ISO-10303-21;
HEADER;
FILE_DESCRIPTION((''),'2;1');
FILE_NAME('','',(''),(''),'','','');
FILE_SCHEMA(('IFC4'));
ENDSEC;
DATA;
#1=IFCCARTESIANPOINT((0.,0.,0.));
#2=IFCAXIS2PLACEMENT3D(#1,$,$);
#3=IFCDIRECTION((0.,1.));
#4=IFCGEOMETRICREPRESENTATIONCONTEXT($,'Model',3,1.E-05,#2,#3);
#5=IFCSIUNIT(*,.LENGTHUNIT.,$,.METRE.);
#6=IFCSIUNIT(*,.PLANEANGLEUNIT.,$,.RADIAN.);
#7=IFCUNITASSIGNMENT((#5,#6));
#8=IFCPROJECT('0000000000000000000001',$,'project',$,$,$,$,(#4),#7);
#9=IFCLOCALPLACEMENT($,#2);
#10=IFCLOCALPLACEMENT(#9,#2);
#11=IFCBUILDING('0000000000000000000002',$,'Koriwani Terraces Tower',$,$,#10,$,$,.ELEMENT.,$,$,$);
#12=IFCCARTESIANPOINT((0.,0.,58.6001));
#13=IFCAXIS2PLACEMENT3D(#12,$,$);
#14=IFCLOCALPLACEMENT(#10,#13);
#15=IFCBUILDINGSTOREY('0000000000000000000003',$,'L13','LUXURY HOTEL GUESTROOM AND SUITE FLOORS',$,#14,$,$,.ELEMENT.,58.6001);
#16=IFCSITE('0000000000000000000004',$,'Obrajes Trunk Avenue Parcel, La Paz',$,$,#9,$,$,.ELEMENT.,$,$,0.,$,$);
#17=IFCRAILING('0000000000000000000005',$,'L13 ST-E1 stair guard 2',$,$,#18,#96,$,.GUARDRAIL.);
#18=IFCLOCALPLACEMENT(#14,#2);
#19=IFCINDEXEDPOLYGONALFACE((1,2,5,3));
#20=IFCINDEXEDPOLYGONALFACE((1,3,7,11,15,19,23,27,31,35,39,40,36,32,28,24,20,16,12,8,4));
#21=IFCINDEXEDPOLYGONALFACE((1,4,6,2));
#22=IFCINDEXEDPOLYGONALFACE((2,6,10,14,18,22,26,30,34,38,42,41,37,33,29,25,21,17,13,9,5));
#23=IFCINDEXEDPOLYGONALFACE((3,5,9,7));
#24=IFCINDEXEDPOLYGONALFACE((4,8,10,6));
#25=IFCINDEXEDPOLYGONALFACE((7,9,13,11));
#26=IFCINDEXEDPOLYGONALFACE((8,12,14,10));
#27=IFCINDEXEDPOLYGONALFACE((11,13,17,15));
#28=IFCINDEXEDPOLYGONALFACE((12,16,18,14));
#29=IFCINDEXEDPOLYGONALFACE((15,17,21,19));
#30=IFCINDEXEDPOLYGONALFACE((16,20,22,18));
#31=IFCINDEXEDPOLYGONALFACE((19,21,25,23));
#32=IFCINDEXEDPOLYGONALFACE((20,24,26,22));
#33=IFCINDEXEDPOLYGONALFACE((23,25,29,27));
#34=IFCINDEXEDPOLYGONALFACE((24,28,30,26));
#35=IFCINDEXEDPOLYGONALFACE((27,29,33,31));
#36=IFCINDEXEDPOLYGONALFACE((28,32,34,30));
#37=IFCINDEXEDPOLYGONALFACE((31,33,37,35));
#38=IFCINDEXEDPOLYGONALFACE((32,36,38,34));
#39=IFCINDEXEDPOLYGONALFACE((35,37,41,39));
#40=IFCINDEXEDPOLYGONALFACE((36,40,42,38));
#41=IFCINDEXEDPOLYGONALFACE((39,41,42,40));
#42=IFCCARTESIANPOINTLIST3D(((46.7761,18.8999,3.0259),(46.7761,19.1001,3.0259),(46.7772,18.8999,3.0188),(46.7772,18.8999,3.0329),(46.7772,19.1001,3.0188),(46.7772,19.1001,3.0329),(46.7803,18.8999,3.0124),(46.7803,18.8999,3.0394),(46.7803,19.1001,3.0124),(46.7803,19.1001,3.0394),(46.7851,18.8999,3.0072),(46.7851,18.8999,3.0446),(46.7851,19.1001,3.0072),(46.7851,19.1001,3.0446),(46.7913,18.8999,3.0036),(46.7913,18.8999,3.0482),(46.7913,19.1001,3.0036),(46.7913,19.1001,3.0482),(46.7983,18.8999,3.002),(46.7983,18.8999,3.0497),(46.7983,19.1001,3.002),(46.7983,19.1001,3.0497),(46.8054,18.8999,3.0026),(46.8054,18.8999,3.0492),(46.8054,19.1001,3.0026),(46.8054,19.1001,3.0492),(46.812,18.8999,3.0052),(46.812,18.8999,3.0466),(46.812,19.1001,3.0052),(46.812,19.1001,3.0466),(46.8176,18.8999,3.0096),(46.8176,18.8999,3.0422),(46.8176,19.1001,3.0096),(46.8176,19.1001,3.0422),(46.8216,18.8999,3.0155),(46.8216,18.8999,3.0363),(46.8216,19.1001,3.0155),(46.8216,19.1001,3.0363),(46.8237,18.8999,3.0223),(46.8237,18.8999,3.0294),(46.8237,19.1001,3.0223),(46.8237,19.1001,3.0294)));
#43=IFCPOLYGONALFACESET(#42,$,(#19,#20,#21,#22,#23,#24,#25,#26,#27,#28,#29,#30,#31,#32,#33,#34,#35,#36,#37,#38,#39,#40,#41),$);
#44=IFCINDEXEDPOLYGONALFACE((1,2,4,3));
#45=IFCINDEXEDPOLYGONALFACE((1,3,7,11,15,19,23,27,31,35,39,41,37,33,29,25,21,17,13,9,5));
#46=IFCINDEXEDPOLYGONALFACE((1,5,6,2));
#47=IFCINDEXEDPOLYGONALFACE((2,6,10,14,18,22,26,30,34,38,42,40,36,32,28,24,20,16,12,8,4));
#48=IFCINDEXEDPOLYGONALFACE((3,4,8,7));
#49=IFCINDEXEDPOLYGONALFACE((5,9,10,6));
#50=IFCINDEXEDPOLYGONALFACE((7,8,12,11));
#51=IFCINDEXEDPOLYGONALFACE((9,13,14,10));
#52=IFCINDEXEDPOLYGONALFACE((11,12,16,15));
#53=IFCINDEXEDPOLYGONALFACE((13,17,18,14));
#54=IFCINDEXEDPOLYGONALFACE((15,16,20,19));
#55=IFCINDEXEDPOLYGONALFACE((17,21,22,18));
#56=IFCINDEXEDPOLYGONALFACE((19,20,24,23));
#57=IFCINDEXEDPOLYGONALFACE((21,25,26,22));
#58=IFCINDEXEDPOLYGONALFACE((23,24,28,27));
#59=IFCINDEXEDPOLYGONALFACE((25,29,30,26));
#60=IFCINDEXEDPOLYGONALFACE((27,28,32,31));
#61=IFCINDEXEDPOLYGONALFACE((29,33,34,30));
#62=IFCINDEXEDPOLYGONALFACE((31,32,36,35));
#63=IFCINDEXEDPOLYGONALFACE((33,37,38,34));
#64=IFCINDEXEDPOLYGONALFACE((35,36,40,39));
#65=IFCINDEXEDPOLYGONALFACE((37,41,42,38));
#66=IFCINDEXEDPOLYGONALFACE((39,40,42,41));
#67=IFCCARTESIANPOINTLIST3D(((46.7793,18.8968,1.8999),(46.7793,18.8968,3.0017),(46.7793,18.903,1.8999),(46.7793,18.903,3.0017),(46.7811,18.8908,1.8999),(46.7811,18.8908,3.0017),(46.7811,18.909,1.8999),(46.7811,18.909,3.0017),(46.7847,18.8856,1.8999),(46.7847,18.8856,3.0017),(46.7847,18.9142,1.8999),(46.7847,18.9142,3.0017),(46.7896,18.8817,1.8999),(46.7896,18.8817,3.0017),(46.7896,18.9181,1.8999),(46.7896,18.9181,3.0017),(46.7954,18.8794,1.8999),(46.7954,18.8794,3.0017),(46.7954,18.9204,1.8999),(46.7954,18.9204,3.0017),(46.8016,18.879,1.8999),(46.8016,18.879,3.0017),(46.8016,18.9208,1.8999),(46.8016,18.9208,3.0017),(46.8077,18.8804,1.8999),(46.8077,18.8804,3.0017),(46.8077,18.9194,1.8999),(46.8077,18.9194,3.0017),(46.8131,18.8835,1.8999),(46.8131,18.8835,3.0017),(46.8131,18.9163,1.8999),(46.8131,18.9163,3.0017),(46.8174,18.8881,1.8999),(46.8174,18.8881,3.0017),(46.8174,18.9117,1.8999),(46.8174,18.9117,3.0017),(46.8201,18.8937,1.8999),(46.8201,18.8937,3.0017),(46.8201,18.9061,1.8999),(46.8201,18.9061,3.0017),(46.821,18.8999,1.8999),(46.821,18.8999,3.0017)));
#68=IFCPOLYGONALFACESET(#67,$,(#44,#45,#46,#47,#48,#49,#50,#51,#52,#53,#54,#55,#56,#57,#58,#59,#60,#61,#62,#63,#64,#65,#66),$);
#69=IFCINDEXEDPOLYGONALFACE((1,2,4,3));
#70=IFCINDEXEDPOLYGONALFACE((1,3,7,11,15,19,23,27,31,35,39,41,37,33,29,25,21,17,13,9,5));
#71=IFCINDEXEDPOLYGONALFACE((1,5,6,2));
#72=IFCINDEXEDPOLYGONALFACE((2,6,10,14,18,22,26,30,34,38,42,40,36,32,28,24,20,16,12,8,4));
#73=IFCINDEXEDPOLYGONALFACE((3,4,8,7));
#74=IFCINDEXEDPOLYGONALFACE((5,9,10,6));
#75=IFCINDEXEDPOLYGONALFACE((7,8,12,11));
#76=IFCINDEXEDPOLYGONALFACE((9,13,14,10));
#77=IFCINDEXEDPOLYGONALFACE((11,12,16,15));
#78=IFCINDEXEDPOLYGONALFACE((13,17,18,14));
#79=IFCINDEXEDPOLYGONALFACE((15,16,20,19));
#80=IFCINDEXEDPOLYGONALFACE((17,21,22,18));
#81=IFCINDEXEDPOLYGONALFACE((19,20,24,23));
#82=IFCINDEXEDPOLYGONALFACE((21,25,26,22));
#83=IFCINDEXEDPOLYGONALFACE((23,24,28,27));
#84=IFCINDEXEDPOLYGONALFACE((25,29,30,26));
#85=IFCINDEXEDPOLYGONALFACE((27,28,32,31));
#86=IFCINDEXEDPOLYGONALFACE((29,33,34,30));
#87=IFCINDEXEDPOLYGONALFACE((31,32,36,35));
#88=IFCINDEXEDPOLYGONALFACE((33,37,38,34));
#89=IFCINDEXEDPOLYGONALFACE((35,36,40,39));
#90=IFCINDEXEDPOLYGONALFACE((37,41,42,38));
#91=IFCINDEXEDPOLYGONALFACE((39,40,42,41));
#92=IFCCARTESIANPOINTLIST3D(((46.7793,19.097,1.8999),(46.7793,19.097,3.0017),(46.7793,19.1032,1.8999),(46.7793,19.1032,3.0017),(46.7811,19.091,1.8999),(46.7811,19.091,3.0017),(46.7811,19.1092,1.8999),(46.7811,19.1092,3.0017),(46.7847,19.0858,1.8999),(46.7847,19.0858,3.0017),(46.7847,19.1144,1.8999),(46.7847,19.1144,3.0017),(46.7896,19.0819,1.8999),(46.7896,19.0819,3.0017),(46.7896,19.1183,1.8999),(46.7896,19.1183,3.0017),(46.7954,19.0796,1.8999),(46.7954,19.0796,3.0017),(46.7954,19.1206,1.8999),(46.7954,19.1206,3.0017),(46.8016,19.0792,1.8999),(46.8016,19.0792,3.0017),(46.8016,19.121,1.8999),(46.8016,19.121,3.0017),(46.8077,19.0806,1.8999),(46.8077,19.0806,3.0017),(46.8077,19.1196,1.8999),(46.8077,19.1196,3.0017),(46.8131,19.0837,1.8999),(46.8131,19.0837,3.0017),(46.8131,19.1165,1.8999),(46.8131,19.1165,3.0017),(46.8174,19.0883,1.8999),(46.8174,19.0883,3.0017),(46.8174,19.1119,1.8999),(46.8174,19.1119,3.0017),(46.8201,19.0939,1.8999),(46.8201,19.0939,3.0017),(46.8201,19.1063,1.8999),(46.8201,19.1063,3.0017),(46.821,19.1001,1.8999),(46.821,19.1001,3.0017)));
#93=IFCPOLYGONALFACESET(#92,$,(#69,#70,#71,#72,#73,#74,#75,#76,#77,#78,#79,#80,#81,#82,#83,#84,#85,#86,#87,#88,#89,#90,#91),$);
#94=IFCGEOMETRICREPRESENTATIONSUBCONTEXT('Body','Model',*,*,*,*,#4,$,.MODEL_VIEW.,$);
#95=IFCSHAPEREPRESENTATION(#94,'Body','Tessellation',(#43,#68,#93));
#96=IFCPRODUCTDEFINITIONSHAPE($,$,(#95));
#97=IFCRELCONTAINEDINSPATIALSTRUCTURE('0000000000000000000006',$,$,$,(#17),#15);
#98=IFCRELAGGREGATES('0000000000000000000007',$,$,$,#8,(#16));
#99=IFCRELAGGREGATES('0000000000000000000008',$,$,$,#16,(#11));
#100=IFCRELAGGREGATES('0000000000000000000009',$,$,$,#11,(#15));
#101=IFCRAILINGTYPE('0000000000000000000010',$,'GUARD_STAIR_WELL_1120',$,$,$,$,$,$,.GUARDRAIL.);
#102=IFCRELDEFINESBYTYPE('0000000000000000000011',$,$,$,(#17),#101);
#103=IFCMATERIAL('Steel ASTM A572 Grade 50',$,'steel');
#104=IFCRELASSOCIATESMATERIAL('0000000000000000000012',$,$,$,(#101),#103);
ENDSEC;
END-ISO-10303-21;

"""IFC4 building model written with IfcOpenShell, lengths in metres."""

from ifc_helpers import new_model, si_unit, direction, frame, origin, origin_2d, place, context, subcontext, project, spatial, circle, extrude, material, type_object, element, save


model = new_model("IFC4")

# Units and contexts
model_context = context("Model", 3, precision=1e-05, world=origin(), true_north=direction((0.0, 1.0)))
body_context = subcontext(model_context, "Body", "Model", "MODEL_VIEW")
ifc_project = project(units=[si_unit("LENGTHUNIT", "METRE"), si_unit("PLANEANGLEUNIT", "RADIAN")], contexts=[model_context])

# Site, building, storey
site_placement = place(None, origin())
site = spatial("IfcSite", under=ifc_project, at=site_placement, Name="Obrajes Trunk Avenue Parcel, La Paz", CompositionType="ELEMENT", RefElevation=0.0)
building_placement = place(site_placement, origin())
building = spatial("IfcBuilding", under=site, at=building_placement, Name="Koriwani Terraces Tower", CompositionType="ELEMENT")
storey_placement = place(building_placement, frame((0.0, 0.0, 58.6001)))
storey = spatial("IfcBuildingStorey", under=building, at=storey_placement, Name="L13", Description="LUXURY HOTEL GUESTROOM AND SUITE FLOORS", CompositionType="ELEMENT", Elevation=58.6001)

# Shared definitions
ifc_material_1 = material(Name="Steel ASTM A572 Grade 50", Category="steel")

# Railing
railing_type_1 = type_object("IfcRailingType", Name="GUARD_STAIR_WELL_1120", PredefinedType="GUARDRAIL", material=ifc_material_1)
railing_1_placement = place(storey_placement, frame((46.8, 18.8999, 1.8999)))
element("IfcRailing", 1, at=railing_1_placement, inside=storey, type_object=railing_type_1, Name="L13 ST-E1 stair guard 2", PredefinedType="GUARDRAIL", context=body_context, shape_type="SweptSolid", body=[
    extrude(circle(Radius=0.0239, at=origin_2d()), frame((0.0, 0.0, 1.126), z_axis=(0.0, 1.0, 0.0), x_axis=(-1.0, 0.0, 0.0)), (0.0, 0.0, 1.0), 0.2002),
    extrude(circle(Radius=0.021, at=origin_2d()), origin(), (0.0, 0.0, 1.0), 1.1018),
    extrude(circle(Radius=0.021, at=origin_2d()), frame((0.0, 0.2002, 0.0)), (0.0, 0.0, 1.0), 1.1018),
])

save(model, "model.ifc")
